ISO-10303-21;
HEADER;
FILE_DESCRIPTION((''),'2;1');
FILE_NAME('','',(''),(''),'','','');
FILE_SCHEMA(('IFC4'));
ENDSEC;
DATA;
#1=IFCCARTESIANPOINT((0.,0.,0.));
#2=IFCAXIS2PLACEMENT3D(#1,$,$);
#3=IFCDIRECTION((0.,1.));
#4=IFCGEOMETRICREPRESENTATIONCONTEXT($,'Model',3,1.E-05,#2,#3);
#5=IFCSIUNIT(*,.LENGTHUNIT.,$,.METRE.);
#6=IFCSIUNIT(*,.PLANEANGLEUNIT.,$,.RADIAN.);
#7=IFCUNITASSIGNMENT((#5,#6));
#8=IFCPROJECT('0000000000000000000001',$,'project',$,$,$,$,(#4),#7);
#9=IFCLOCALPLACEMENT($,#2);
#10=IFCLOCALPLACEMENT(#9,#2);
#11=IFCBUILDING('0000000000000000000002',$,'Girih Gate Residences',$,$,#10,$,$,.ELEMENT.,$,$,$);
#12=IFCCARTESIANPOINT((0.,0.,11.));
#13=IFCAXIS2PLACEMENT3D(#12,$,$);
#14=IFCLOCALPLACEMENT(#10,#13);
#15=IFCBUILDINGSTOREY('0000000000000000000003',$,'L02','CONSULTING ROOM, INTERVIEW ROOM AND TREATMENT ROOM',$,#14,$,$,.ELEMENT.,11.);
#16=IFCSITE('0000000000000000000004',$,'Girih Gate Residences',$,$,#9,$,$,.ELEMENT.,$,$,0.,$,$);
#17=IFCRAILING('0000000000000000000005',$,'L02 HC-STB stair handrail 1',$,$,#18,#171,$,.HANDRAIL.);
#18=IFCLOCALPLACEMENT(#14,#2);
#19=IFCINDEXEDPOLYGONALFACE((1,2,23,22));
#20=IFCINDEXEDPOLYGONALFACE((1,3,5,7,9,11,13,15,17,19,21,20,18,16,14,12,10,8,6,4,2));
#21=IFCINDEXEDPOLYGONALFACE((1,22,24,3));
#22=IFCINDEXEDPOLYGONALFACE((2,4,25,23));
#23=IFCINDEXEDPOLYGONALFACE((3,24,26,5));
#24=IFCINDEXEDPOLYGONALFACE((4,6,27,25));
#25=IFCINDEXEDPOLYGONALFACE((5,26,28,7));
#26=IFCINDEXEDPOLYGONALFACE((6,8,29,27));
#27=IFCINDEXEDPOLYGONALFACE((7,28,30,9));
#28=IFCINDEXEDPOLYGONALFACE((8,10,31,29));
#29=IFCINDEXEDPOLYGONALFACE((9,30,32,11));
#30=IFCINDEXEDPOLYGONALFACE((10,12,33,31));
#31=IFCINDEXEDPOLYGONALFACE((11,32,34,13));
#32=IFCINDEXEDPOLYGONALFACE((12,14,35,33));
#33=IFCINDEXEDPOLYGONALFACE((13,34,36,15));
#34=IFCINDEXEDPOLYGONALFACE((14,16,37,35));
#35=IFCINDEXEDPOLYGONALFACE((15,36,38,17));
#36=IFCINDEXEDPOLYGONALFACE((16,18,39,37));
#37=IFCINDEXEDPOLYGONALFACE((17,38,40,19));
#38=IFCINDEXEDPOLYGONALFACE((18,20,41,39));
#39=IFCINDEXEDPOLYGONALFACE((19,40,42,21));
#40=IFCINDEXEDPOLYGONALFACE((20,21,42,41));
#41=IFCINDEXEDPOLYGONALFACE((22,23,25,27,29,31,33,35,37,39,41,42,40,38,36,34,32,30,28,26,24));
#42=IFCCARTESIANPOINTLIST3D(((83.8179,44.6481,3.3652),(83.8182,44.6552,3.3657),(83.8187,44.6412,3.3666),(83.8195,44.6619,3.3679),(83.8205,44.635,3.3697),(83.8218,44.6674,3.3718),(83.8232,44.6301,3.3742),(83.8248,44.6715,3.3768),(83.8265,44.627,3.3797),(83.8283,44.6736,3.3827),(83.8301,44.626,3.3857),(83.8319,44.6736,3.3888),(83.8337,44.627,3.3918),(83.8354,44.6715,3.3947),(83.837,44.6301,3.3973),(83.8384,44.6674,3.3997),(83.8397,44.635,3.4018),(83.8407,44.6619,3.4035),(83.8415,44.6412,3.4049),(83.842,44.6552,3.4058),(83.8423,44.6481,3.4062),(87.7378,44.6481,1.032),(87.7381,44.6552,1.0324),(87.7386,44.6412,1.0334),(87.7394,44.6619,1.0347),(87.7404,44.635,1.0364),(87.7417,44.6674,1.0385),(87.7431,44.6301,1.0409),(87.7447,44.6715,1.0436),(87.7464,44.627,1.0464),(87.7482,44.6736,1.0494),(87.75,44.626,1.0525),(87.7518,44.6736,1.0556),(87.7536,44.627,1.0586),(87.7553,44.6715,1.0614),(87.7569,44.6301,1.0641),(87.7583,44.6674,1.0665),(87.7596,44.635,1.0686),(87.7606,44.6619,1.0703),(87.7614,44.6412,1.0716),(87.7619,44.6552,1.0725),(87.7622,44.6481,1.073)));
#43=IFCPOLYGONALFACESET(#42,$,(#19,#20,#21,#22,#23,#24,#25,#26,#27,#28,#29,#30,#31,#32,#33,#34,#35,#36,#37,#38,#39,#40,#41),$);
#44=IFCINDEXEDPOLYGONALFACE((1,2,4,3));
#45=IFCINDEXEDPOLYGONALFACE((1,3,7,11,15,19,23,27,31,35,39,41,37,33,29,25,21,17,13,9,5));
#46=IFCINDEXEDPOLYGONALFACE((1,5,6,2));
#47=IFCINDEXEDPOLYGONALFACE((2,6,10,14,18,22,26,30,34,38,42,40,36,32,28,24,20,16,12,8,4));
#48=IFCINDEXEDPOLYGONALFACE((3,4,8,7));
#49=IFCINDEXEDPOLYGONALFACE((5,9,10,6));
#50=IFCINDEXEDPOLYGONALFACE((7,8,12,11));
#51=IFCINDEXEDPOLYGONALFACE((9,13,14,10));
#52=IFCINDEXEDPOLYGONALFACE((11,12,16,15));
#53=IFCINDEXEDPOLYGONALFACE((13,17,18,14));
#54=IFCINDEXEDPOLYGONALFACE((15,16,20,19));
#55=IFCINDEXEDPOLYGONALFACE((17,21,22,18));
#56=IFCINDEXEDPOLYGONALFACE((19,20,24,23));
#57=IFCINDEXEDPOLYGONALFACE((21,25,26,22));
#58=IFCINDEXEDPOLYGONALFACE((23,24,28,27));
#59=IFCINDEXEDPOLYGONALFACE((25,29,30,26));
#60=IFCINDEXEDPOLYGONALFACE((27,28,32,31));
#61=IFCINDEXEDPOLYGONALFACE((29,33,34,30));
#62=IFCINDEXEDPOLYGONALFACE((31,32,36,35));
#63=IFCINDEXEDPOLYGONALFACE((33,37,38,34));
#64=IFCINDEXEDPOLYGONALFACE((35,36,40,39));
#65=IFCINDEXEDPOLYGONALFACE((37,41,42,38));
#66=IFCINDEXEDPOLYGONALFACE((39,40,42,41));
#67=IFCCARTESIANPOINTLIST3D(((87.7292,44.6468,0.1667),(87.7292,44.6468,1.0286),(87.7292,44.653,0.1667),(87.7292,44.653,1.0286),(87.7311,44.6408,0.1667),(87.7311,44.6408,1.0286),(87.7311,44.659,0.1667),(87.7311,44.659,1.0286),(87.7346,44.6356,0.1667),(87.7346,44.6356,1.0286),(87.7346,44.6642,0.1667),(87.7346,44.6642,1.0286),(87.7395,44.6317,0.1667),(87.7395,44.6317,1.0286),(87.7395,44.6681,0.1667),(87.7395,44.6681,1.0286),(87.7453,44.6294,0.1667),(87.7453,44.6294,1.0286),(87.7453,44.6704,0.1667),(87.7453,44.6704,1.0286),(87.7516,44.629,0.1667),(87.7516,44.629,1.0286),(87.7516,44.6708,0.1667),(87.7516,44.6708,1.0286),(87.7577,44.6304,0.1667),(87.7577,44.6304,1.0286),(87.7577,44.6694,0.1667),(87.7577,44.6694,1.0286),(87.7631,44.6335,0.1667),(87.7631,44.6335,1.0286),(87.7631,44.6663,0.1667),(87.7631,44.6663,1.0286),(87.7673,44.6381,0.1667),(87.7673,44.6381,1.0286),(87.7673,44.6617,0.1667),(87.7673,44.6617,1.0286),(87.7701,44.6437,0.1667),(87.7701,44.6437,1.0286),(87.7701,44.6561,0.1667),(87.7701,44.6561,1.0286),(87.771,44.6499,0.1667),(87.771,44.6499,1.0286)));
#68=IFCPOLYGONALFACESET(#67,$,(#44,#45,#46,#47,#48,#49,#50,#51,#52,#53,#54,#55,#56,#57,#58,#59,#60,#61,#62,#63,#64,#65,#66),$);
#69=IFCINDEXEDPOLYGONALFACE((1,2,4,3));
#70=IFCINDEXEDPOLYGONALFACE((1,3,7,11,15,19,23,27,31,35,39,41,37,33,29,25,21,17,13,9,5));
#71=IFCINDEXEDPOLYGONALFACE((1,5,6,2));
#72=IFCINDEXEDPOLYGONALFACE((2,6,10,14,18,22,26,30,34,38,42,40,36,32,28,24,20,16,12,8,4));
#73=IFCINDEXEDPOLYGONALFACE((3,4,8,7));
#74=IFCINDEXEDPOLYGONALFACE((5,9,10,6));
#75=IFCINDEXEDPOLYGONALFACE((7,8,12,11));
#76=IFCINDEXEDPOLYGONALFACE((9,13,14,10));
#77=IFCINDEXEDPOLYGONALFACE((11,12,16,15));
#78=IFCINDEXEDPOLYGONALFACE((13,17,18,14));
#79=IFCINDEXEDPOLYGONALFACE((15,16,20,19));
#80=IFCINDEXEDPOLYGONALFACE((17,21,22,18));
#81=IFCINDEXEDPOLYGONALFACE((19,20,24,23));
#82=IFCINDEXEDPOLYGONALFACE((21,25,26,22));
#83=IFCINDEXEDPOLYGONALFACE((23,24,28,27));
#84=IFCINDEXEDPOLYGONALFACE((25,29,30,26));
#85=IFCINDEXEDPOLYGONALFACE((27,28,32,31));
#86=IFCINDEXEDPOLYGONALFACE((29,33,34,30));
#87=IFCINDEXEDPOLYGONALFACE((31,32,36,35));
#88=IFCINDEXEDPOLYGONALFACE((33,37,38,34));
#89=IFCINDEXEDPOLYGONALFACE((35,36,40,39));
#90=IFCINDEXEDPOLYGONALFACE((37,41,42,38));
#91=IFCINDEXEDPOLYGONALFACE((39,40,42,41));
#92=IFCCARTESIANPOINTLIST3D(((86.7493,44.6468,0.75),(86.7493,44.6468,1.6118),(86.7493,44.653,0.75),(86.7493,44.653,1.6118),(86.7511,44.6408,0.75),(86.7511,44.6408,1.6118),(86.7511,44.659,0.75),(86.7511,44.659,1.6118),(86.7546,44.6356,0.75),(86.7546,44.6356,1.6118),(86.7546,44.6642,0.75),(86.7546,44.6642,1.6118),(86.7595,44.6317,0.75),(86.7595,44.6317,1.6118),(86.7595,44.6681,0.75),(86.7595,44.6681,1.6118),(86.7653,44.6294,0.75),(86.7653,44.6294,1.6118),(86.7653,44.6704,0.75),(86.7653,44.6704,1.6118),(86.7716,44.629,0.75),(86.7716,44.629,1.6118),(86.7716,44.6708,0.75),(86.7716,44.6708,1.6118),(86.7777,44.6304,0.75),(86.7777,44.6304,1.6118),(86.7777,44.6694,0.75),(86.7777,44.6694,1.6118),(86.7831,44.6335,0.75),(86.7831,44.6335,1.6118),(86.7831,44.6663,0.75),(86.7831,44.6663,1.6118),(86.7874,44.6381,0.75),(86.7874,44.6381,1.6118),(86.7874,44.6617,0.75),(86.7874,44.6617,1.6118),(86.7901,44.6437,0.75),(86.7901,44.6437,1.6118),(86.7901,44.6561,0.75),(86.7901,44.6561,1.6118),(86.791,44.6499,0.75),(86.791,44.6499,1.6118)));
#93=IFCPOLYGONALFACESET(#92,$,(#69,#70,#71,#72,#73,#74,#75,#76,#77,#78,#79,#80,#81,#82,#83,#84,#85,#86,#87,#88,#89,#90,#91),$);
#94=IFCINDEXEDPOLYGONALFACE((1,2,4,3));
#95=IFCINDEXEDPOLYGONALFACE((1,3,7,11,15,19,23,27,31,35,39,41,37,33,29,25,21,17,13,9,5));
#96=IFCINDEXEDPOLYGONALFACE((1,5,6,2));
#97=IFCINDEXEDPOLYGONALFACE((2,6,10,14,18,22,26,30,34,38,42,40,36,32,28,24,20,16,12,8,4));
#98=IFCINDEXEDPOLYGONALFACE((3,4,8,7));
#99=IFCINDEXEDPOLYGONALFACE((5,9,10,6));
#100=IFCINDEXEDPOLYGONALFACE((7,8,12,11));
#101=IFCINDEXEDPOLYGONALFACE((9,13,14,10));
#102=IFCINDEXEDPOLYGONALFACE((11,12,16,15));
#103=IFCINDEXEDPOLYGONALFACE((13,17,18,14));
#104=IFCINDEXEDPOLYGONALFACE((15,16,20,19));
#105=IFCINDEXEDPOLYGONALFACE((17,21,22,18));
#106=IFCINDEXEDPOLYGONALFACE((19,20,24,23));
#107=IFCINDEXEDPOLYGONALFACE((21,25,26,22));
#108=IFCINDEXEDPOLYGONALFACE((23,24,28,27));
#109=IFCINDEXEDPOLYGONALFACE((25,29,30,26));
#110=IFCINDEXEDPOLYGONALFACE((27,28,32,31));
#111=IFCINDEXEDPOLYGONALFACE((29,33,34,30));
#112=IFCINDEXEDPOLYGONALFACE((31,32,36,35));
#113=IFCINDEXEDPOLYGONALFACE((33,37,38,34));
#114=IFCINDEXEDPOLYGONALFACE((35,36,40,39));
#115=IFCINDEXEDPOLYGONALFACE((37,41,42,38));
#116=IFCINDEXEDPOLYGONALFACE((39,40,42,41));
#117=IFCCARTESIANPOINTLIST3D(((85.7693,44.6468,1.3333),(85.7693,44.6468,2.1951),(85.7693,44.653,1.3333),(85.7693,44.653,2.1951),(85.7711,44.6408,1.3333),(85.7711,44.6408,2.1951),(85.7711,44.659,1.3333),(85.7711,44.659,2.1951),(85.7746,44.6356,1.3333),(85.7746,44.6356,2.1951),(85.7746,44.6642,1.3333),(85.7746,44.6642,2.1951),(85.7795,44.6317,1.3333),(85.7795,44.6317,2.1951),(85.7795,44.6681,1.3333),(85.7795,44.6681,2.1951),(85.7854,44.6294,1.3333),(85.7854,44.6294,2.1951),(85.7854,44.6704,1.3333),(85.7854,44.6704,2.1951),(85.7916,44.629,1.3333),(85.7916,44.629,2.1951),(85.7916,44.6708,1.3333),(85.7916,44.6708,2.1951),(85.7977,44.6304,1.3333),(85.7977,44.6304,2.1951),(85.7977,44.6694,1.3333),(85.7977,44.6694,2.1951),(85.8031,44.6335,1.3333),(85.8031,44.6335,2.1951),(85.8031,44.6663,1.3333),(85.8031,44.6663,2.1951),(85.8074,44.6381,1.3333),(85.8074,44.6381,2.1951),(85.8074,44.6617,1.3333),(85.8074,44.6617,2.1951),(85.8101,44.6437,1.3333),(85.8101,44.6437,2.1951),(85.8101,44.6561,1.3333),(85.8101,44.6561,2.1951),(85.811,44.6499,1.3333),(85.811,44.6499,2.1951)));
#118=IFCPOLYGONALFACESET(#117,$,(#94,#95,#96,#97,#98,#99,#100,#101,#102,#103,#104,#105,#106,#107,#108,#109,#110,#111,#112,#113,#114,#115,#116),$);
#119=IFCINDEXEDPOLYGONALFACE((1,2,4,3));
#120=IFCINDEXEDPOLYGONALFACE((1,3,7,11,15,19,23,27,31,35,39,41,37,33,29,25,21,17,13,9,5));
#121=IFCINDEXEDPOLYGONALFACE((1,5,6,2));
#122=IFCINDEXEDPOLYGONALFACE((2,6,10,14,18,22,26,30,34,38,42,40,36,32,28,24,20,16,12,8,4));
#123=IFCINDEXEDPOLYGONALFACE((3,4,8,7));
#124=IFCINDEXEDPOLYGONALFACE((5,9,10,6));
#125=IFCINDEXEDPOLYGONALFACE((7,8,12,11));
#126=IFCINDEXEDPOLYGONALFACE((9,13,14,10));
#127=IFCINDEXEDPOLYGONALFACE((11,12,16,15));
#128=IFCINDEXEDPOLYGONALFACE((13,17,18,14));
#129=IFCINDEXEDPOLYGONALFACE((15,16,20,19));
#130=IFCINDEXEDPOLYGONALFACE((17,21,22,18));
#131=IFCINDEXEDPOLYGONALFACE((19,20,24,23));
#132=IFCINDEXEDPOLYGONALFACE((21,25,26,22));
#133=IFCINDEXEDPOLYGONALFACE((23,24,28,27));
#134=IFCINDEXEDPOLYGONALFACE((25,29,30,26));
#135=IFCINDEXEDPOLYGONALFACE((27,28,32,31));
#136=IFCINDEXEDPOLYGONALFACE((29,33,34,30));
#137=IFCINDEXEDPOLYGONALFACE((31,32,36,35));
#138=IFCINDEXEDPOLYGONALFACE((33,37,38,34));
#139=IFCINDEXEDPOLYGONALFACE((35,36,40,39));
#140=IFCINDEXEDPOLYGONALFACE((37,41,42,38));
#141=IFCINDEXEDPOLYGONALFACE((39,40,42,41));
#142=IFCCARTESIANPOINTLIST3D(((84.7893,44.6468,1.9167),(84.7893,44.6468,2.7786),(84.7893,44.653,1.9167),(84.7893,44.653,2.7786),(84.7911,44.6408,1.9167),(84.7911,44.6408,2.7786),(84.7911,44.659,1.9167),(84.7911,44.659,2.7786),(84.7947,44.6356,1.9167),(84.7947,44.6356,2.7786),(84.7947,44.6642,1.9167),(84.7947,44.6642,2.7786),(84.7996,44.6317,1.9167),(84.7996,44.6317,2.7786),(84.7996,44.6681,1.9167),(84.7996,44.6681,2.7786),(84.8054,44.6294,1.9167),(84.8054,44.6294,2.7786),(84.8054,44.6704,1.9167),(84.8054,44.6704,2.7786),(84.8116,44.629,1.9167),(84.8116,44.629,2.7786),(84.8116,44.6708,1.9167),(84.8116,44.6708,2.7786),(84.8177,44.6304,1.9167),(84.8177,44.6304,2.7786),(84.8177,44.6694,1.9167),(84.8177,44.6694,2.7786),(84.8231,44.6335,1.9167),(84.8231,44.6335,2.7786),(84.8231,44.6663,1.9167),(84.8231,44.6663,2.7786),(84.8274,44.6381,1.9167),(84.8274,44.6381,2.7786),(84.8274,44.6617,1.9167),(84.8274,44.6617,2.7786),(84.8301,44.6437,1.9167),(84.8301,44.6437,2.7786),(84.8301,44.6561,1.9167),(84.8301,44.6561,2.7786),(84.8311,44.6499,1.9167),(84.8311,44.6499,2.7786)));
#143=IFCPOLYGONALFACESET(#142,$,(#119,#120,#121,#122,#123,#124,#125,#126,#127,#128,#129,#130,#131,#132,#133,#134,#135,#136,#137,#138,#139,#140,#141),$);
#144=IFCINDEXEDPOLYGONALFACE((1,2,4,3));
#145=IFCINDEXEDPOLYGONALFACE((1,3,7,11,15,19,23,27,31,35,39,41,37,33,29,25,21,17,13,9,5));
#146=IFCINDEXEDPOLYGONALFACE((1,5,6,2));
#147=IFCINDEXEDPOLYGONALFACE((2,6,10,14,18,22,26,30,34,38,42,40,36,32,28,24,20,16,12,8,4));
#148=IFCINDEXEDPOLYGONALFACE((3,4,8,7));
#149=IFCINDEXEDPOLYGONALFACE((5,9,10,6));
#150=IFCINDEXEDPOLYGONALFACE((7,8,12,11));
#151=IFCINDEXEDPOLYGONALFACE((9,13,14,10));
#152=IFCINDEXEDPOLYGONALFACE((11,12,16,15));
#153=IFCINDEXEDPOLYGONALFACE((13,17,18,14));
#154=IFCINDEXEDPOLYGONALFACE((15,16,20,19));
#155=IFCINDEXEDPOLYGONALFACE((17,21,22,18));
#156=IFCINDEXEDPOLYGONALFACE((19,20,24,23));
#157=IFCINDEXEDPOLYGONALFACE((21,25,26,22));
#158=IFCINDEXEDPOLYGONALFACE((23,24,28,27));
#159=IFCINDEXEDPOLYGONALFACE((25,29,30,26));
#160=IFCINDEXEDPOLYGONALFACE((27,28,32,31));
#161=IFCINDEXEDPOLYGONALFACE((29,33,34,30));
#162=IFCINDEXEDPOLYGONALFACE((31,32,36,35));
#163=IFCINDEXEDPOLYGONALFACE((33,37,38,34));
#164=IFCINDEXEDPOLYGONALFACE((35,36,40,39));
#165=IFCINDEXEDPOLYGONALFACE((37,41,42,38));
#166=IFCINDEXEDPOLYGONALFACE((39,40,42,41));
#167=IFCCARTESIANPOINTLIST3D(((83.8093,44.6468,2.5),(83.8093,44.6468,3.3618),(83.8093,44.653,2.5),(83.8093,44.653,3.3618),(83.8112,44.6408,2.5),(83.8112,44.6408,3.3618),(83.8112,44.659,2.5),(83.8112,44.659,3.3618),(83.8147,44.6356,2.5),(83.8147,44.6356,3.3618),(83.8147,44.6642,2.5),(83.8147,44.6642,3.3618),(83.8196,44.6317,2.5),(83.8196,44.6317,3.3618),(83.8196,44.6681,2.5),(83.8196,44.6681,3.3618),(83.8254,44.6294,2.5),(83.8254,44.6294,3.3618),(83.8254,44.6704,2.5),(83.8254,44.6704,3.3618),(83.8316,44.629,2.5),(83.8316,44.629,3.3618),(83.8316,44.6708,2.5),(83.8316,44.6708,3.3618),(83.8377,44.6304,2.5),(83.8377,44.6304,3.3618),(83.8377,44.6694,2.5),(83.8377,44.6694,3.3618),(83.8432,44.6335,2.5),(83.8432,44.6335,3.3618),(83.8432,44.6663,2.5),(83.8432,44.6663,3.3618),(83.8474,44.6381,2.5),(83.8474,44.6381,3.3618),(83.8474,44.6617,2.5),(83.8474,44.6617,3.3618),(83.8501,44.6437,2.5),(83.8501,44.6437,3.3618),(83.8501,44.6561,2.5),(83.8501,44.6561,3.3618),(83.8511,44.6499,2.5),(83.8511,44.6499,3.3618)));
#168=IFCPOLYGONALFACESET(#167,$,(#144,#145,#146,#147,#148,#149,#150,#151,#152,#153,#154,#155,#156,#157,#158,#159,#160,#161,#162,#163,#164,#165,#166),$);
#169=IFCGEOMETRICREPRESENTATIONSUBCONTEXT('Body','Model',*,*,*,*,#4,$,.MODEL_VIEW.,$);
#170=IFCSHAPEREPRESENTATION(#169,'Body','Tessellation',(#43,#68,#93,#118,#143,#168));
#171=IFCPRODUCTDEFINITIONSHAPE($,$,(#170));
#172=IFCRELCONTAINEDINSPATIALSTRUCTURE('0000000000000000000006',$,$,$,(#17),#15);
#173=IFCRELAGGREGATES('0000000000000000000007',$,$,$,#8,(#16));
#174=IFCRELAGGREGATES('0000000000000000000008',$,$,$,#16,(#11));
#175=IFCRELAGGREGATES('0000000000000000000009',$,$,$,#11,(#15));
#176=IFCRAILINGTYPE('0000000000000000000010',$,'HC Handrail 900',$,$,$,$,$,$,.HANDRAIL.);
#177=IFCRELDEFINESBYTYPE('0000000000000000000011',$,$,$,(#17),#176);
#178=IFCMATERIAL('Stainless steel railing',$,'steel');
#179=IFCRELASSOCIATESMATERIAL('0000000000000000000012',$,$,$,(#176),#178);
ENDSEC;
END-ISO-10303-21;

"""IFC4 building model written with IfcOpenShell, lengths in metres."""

from ifc_helpers import new_model, si_unit, direction, frame, origin, origin_2d, place, context, subcontext, project, spatial, circle, extrude, material, type_object, element, save


model = new_model("IFC4")

# Units and contexts
model_context = context("Model", 3, precision=1e-05, world=origin(), true_north=direction((0.0, 1.0)))
body_context = subcontext(model_context, "Body", "Model", "MODEL_VIEW")
ifc_project = project(units=[si_unit("LENGTHUNIT", "METRE"), si_unit("PLANEANGLEUNIT", "RADIAN")], contexts=[model_context])

# Site, building, storey
site_placement = place(None, origin())
site = spatial("IfcSite", under=ifc_project, at=site_placement, Name="Girih Gate Residences", CompositionType="ELEMENT", RefElevation=0.0)
building_placement = place(site_placement, origin())
building = spatial("IfcBuilding", under=site, at=building_placement, Name="Girih Gate Residences", CompositionType="ELEMENT")
storey_placement = place(building_placement, frame((0.0, 0.0, 11.0)))
storey = spatial("IfcBuildingStorey", under=building, at=storey_placement, Name="L02", Description="CONSULTING ROOM, INTERVIEW ROOM AND TREATMENT ROOM", CompositionType="ELEMENT", Elevation=11.0)

# Railing
ifc_material_1 = material(Name="Stainless steel railing", Category="steel")
railing_type_1 = type_object("IfcRailingType", Name="HC Handrail 900", PredefinedType="HANDRAIL", material=ifc_material_1)
railing_1_placement = place(storey_placement, frame((87.75, 44.6499, 0.1667)))
element("IfcRailing", 1, at=railing_1_placement, inside=storey, type_object=railing_type_1, Name="L02 HC-STB stair handrail 1", PredefinedType="HANDRAIL", context=body_context, shape_type="SweptSolid", body=[
    extrude(circle(Radius=0.0239, at=origin_2d()), frame((0.0, 0.0, 0.8857), z_axis=(-0.859296, 0.0, 0.511478), x_axis=(0.0, -1.0, 0.0)), (0.0, 0.0, 1.0), 4.5618),
    extrude(circle(Radius=0.021, at=origin_2d()), origin(), (0.0, 0.0, 1.0), 0.8618),
    extrude(circle(Radius=0.021, at=origin_2d()), frame((-0.98, 0.0, 0.5833)), (0.0, 0.0, 1.0), 0.8618),
    extrude(circle(Radius=0.021, at=origin_2d()), frame((-1.96, 0.0, 1.1665)), (0.0, 0.0, 1.0), 0.8618),
    extrude(circle(Radius=0.021, at=origin_2d()), frame((-2.9399, 0.0, 1.75)), (0.0, 0.0, 1.0), 0.8618),
    extrude(circle(Radius=0.021, at=origin_2d()), frame((-3.9199, 0.0, 2.3333)), (0.0, 0.0, 1.0), 0.8618),
])

save(model, "model.ifc")
